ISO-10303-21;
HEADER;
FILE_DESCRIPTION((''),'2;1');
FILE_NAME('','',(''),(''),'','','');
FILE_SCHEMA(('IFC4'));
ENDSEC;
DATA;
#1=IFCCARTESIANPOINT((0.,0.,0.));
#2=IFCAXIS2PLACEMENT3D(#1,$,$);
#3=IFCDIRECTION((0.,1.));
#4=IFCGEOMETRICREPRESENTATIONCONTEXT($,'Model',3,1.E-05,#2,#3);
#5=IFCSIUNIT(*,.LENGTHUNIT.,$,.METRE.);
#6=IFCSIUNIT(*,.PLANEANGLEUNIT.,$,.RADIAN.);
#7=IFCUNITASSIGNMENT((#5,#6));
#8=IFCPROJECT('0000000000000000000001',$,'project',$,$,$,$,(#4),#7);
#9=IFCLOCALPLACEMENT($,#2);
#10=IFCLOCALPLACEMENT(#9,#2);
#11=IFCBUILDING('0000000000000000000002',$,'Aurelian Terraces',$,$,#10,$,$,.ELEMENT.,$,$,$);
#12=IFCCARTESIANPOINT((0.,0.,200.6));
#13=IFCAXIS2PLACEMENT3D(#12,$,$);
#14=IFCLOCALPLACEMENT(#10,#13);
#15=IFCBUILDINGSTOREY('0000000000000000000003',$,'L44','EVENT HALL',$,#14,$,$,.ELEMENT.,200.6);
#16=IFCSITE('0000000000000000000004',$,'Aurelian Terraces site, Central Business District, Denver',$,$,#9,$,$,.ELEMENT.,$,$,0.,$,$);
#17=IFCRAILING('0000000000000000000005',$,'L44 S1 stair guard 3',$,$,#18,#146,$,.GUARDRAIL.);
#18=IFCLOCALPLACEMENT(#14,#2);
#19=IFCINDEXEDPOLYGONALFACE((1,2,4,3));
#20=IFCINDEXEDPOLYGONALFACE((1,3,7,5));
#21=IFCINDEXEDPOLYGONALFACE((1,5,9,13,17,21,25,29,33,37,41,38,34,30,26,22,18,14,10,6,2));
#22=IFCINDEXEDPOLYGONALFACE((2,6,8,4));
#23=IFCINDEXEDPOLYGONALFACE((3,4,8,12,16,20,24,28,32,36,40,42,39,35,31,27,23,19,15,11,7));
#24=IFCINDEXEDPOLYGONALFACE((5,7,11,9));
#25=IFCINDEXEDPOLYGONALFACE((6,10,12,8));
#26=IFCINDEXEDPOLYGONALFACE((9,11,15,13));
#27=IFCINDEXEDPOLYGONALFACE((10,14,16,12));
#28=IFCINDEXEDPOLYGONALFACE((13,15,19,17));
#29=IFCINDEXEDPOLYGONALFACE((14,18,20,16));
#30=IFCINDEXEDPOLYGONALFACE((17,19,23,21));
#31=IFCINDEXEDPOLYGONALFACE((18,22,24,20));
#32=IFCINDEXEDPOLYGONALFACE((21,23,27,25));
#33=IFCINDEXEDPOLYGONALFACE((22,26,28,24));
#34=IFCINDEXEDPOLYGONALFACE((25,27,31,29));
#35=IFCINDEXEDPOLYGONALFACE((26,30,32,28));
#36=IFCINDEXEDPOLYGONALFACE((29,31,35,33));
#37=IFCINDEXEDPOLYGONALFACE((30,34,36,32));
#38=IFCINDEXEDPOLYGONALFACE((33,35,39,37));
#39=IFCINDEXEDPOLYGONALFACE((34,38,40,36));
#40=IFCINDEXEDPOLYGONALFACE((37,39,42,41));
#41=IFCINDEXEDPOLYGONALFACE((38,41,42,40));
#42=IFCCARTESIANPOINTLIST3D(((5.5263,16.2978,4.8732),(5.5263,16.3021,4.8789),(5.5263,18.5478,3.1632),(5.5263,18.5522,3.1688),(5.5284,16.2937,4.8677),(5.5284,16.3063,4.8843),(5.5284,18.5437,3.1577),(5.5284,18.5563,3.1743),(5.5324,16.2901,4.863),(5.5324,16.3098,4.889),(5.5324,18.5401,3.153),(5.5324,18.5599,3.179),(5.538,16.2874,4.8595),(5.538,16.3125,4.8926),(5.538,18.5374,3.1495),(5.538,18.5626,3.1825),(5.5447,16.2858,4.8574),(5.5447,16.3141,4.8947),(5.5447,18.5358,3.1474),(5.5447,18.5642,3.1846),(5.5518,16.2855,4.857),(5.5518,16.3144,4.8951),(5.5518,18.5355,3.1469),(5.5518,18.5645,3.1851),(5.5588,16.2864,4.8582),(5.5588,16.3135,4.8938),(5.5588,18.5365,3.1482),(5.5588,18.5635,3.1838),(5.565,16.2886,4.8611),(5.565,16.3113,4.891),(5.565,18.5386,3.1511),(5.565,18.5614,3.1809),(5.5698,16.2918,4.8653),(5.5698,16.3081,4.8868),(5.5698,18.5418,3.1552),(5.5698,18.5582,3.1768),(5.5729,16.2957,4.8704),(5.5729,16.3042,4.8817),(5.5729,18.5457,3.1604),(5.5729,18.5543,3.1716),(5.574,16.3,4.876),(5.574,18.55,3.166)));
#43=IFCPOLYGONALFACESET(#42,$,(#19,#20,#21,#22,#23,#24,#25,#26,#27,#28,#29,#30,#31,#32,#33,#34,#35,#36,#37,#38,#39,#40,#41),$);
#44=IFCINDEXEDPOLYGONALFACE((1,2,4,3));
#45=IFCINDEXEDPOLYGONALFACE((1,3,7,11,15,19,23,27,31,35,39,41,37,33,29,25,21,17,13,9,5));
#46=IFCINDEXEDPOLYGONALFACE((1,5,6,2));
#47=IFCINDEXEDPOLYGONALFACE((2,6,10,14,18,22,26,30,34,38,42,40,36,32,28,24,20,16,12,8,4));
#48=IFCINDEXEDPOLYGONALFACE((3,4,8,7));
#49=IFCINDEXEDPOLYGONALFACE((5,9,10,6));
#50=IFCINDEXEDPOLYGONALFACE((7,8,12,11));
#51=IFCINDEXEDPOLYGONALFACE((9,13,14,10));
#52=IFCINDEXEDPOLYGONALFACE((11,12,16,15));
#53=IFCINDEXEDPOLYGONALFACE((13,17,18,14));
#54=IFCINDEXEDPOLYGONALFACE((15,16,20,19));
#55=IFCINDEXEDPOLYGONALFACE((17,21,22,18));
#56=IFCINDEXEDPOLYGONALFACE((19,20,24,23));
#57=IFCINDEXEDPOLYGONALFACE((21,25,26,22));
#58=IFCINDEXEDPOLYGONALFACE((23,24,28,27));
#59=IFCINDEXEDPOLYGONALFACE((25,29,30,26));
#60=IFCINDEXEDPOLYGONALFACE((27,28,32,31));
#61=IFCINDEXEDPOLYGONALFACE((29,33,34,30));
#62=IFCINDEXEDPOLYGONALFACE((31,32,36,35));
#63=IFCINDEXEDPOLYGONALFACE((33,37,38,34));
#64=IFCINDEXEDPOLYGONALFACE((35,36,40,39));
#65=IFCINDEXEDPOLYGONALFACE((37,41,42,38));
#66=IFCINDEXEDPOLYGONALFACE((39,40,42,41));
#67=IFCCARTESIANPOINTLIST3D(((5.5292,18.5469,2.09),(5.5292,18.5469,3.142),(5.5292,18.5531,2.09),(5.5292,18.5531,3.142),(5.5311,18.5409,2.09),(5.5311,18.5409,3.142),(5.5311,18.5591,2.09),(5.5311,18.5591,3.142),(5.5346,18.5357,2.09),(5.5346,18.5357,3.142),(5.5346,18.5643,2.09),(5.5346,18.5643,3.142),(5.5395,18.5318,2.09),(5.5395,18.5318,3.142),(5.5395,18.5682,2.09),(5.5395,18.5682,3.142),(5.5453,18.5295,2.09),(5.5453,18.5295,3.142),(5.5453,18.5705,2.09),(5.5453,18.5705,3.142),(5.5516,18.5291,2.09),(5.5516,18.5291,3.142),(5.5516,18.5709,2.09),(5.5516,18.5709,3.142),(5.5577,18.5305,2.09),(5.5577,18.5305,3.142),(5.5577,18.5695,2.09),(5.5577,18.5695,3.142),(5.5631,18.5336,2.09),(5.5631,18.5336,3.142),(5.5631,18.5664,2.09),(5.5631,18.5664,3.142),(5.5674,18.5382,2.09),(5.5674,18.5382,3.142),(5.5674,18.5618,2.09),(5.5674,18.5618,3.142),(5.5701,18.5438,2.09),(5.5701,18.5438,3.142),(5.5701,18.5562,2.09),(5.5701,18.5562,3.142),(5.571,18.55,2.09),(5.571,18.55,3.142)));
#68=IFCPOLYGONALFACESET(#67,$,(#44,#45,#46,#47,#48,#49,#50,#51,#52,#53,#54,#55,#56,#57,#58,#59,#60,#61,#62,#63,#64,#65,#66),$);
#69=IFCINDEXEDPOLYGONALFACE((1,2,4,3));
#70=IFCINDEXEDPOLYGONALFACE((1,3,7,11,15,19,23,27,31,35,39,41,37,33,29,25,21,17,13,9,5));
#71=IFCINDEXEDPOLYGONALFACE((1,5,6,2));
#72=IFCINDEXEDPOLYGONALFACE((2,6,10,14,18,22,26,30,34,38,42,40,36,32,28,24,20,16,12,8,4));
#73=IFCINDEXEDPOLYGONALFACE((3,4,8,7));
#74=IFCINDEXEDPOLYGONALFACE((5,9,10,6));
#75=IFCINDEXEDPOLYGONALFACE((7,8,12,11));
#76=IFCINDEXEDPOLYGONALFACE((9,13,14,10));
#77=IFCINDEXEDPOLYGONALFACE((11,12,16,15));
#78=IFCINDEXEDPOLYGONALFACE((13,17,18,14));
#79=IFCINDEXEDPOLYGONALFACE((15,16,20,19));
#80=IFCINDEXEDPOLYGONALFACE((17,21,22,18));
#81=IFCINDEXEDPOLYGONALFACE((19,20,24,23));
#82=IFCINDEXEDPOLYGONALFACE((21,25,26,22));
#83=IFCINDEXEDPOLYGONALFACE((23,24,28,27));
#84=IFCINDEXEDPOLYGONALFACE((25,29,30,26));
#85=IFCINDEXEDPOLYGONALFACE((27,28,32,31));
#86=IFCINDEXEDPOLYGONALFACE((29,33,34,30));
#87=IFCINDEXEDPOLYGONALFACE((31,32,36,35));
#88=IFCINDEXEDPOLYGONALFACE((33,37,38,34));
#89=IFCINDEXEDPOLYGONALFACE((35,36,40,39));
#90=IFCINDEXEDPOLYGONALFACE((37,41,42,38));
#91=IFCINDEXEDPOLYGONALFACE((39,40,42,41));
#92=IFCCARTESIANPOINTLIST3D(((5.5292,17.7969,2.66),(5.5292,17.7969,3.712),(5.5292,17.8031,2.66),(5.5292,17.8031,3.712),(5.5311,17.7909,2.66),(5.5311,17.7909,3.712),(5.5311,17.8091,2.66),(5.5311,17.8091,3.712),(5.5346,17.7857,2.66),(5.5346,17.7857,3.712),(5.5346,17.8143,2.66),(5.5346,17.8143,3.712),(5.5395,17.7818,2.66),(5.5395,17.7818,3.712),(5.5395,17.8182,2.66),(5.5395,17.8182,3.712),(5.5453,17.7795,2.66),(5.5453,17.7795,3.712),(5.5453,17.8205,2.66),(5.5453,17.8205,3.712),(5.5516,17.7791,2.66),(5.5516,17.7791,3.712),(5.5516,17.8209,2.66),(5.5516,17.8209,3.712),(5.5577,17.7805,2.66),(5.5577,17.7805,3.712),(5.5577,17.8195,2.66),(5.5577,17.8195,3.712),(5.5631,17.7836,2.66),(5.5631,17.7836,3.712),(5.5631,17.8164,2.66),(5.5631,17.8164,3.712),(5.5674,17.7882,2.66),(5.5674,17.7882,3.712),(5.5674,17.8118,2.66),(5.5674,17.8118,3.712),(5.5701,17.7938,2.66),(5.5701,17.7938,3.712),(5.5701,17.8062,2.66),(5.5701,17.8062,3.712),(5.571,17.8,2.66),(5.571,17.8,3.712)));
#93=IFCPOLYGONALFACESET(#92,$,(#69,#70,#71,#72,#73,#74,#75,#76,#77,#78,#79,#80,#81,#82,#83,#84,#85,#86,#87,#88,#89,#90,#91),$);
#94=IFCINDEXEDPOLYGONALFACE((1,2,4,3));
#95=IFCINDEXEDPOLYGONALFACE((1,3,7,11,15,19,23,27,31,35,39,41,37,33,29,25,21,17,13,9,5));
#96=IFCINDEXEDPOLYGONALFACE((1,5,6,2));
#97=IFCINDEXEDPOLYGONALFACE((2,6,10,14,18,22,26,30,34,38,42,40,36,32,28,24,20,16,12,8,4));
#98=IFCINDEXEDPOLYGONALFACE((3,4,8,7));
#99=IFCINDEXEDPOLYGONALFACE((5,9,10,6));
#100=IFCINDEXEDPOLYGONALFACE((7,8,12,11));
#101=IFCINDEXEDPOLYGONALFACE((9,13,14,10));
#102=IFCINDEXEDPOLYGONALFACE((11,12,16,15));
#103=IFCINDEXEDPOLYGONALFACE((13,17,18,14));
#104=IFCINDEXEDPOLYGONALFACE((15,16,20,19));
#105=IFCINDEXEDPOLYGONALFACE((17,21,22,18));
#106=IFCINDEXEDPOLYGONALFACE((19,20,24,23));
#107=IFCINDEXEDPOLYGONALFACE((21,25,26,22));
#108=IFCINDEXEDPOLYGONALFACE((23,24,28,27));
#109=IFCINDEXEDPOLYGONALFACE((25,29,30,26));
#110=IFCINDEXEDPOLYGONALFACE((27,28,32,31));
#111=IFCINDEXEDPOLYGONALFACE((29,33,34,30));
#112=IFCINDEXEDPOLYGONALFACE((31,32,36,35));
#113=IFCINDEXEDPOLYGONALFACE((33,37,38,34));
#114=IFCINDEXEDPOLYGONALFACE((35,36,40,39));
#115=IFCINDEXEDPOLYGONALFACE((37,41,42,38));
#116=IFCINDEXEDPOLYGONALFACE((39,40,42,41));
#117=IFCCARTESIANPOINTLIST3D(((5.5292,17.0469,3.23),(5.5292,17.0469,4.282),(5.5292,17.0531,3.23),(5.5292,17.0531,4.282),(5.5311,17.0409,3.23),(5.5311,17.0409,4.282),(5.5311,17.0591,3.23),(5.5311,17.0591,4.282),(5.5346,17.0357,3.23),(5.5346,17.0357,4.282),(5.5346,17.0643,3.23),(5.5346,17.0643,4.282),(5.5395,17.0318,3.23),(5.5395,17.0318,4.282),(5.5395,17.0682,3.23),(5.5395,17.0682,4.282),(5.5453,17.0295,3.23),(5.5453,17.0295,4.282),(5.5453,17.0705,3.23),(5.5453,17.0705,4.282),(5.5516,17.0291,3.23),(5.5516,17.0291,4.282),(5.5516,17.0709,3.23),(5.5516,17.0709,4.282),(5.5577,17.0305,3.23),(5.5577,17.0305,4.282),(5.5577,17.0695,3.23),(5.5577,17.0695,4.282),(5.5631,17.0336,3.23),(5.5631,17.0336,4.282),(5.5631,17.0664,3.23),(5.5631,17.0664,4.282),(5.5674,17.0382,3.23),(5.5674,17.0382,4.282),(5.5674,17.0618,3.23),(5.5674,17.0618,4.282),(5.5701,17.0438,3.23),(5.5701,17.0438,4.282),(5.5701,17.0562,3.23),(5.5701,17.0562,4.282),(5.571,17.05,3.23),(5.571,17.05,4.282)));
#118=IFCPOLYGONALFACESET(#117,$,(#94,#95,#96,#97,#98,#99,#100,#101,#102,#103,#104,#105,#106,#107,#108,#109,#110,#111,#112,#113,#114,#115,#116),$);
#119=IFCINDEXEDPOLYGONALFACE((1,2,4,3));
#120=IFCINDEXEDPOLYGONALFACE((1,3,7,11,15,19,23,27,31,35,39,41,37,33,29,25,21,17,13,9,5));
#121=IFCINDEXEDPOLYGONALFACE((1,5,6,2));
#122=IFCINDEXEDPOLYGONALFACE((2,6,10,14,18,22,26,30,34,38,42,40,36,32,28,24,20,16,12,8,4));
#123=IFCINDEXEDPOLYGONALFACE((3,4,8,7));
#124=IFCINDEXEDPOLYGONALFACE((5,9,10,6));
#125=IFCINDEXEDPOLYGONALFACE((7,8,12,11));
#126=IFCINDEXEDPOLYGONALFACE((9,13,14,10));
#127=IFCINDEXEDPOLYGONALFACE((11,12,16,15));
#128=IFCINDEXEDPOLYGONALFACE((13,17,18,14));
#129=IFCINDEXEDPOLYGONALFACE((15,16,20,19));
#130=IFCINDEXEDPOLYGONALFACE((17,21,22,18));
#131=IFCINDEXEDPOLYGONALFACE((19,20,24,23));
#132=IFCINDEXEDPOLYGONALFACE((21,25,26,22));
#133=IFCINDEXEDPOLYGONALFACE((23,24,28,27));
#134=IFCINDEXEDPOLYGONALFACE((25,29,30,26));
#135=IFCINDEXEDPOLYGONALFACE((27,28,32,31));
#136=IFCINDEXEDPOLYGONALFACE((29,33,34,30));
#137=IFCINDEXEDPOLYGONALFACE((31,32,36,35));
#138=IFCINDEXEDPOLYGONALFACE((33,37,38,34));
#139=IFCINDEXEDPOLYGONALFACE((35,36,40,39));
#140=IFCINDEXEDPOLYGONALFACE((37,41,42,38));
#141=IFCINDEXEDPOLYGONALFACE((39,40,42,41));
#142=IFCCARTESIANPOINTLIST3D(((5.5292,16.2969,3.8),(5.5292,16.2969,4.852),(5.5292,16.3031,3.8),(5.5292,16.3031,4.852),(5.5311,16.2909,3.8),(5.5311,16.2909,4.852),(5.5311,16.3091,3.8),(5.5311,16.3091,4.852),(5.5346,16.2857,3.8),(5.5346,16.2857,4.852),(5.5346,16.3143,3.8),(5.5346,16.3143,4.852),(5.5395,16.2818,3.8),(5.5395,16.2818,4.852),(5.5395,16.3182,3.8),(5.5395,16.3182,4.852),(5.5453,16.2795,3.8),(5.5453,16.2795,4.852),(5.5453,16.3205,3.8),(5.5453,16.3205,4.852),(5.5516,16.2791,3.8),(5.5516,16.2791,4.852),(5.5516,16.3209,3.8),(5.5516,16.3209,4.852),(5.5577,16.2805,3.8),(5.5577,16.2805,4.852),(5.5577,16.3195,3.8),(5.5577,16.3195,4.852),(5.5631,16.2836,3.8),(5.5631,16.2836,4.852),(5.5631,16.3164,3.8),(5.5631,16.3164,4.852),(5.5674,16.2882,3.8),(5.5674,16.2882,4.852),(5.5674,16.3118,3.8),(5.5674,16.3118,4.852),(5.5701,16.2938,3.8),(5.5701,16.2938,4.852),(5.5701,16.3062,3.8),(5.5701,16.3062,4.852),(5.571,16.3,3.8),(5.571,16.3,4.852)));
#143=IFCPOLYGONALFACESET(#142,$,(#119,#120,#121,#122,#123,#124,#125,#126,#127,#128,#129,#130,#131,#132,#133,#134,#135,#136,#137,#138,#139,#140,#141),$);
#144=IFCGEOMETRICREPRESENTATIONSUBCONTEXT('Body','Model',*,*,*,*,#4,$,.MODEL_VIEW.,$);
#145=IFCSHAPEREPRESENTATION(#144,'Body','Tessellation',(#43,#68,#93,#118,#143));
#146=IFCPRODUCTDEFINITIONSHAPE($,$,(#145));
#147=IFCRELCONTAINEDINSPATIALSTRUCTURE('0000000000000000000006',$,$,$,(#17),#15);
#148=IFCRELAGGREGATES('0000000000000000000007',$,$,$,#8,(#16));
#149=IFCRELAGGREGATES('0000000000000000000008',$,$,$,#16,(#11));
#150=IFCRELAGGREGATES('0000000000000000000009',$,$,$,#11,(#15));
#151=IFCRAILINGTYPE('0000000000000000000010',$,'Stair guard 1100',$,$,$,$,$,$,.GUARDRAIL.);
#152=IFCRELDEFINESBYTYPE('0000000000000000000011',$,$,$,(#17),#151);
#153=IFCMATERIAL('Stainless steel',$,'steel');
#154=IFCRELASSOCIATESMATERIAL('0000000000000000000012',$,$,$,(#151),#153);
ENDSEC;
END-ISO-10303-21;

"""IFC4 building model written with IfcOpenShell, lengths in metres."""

from ifc_helpers import new_model, si_unit, direction, frame, origin, origin_2d, place, context, subcontext, project, spatial, circle, extrude, source, transform, mapped, material, type_object, element, save


model = new_model("IFC4")

# Units and contexts
model_context = context("Model", 3, precision=1e-05, world=origin(), true_north=direction((0.0, 1.0)))
body_context = subcontext(model_context, "Body", "Model", "MODEL_VIEW")
ifc_project = project(units=[si_unit("LENGTHUNIT", "METRE"), si_unit("PLANEANGLEUNIT", "RADIAN")], contexts=[model_context])

# Site, building, storey
site_placement = place(None, origin())
site = spatial("IfcSite", under=ifc_project, at=site_placement, Name="Aurelian Terraces site, Central Business District, Denver", CompositionType="ELEMENT", RefElevation=0.0)
building_placement = place(site_placement, origin())
building = spatial("IfcBuilding", under=site, at=building_placement, Name="Aurelian Terraces", CompositionType="ELEMENT")
storey_placement = place(building_placement, frame((0.0, 0.0, 200.6)))
storey = spatial("IfcBuildingStorey", under=building, at=storey_placement, Name="L44", Description="EVENT HALL", CompositionType="ELEMENT", Elevation=200.6)

# Railing
ifc_material_1 = material(Name="Stainless steel", Category="steel")
railing_type_1 = type_object("IfcRailingType", Name="Stair guard 1100", PredefinedType="GUARDRAIL", material=ifc_material_1)
shared_shape_1 = source(origin(), body_context, "Body", "SweptSolid", [
    extrude(circle(Radius=0.024, at=origin_2d()), frame((0.0, 0.0, 1.076), z_axis=(0.0, -0.796162, 0.605083), x_axis=(1.0, 0.0, 0.0)), (0.0, 0.0, 1.0), 2.8261),
    extrude(circle(Radius=0.021, at=origin_2d()), origin(), (0.0, 0.0, 1.0), 1.052),
    extrude(circle(Radius=0.021, at=origin_2d()), frame((0.0, -0.75, 0.57)), (0.0, 0.0, 1.0), 1.052),
    extrude(circle(Radius=0.021, at=origin_2d()), frame((0.0, -1.5, 1.14)), (0.0, 0.0, 1.0), 1.052),
    extrude(circle(Radius=0.021, at=origin_2d()), frame((0.0, -2.25, 1.71)), (0.0, 0.0, 1.0), 1.052),
])
railing_1_placement = place(storey_placement, frame((5.55, 18.55, 2.09)))
element("IfcRailing", 1, at=railing_1_placement, inside=storey, type_object=railing_type_1, Name="L44 S1 stair guard 3", PredefinedType="GUARDRAIL", context=body_context, shape_type="MappedRepresentation", body=[
    mapped(shared_shape_1, transform((0.0, 0.0, 0.0), scale=1.0)),
])

save(model, "model.ifc")
